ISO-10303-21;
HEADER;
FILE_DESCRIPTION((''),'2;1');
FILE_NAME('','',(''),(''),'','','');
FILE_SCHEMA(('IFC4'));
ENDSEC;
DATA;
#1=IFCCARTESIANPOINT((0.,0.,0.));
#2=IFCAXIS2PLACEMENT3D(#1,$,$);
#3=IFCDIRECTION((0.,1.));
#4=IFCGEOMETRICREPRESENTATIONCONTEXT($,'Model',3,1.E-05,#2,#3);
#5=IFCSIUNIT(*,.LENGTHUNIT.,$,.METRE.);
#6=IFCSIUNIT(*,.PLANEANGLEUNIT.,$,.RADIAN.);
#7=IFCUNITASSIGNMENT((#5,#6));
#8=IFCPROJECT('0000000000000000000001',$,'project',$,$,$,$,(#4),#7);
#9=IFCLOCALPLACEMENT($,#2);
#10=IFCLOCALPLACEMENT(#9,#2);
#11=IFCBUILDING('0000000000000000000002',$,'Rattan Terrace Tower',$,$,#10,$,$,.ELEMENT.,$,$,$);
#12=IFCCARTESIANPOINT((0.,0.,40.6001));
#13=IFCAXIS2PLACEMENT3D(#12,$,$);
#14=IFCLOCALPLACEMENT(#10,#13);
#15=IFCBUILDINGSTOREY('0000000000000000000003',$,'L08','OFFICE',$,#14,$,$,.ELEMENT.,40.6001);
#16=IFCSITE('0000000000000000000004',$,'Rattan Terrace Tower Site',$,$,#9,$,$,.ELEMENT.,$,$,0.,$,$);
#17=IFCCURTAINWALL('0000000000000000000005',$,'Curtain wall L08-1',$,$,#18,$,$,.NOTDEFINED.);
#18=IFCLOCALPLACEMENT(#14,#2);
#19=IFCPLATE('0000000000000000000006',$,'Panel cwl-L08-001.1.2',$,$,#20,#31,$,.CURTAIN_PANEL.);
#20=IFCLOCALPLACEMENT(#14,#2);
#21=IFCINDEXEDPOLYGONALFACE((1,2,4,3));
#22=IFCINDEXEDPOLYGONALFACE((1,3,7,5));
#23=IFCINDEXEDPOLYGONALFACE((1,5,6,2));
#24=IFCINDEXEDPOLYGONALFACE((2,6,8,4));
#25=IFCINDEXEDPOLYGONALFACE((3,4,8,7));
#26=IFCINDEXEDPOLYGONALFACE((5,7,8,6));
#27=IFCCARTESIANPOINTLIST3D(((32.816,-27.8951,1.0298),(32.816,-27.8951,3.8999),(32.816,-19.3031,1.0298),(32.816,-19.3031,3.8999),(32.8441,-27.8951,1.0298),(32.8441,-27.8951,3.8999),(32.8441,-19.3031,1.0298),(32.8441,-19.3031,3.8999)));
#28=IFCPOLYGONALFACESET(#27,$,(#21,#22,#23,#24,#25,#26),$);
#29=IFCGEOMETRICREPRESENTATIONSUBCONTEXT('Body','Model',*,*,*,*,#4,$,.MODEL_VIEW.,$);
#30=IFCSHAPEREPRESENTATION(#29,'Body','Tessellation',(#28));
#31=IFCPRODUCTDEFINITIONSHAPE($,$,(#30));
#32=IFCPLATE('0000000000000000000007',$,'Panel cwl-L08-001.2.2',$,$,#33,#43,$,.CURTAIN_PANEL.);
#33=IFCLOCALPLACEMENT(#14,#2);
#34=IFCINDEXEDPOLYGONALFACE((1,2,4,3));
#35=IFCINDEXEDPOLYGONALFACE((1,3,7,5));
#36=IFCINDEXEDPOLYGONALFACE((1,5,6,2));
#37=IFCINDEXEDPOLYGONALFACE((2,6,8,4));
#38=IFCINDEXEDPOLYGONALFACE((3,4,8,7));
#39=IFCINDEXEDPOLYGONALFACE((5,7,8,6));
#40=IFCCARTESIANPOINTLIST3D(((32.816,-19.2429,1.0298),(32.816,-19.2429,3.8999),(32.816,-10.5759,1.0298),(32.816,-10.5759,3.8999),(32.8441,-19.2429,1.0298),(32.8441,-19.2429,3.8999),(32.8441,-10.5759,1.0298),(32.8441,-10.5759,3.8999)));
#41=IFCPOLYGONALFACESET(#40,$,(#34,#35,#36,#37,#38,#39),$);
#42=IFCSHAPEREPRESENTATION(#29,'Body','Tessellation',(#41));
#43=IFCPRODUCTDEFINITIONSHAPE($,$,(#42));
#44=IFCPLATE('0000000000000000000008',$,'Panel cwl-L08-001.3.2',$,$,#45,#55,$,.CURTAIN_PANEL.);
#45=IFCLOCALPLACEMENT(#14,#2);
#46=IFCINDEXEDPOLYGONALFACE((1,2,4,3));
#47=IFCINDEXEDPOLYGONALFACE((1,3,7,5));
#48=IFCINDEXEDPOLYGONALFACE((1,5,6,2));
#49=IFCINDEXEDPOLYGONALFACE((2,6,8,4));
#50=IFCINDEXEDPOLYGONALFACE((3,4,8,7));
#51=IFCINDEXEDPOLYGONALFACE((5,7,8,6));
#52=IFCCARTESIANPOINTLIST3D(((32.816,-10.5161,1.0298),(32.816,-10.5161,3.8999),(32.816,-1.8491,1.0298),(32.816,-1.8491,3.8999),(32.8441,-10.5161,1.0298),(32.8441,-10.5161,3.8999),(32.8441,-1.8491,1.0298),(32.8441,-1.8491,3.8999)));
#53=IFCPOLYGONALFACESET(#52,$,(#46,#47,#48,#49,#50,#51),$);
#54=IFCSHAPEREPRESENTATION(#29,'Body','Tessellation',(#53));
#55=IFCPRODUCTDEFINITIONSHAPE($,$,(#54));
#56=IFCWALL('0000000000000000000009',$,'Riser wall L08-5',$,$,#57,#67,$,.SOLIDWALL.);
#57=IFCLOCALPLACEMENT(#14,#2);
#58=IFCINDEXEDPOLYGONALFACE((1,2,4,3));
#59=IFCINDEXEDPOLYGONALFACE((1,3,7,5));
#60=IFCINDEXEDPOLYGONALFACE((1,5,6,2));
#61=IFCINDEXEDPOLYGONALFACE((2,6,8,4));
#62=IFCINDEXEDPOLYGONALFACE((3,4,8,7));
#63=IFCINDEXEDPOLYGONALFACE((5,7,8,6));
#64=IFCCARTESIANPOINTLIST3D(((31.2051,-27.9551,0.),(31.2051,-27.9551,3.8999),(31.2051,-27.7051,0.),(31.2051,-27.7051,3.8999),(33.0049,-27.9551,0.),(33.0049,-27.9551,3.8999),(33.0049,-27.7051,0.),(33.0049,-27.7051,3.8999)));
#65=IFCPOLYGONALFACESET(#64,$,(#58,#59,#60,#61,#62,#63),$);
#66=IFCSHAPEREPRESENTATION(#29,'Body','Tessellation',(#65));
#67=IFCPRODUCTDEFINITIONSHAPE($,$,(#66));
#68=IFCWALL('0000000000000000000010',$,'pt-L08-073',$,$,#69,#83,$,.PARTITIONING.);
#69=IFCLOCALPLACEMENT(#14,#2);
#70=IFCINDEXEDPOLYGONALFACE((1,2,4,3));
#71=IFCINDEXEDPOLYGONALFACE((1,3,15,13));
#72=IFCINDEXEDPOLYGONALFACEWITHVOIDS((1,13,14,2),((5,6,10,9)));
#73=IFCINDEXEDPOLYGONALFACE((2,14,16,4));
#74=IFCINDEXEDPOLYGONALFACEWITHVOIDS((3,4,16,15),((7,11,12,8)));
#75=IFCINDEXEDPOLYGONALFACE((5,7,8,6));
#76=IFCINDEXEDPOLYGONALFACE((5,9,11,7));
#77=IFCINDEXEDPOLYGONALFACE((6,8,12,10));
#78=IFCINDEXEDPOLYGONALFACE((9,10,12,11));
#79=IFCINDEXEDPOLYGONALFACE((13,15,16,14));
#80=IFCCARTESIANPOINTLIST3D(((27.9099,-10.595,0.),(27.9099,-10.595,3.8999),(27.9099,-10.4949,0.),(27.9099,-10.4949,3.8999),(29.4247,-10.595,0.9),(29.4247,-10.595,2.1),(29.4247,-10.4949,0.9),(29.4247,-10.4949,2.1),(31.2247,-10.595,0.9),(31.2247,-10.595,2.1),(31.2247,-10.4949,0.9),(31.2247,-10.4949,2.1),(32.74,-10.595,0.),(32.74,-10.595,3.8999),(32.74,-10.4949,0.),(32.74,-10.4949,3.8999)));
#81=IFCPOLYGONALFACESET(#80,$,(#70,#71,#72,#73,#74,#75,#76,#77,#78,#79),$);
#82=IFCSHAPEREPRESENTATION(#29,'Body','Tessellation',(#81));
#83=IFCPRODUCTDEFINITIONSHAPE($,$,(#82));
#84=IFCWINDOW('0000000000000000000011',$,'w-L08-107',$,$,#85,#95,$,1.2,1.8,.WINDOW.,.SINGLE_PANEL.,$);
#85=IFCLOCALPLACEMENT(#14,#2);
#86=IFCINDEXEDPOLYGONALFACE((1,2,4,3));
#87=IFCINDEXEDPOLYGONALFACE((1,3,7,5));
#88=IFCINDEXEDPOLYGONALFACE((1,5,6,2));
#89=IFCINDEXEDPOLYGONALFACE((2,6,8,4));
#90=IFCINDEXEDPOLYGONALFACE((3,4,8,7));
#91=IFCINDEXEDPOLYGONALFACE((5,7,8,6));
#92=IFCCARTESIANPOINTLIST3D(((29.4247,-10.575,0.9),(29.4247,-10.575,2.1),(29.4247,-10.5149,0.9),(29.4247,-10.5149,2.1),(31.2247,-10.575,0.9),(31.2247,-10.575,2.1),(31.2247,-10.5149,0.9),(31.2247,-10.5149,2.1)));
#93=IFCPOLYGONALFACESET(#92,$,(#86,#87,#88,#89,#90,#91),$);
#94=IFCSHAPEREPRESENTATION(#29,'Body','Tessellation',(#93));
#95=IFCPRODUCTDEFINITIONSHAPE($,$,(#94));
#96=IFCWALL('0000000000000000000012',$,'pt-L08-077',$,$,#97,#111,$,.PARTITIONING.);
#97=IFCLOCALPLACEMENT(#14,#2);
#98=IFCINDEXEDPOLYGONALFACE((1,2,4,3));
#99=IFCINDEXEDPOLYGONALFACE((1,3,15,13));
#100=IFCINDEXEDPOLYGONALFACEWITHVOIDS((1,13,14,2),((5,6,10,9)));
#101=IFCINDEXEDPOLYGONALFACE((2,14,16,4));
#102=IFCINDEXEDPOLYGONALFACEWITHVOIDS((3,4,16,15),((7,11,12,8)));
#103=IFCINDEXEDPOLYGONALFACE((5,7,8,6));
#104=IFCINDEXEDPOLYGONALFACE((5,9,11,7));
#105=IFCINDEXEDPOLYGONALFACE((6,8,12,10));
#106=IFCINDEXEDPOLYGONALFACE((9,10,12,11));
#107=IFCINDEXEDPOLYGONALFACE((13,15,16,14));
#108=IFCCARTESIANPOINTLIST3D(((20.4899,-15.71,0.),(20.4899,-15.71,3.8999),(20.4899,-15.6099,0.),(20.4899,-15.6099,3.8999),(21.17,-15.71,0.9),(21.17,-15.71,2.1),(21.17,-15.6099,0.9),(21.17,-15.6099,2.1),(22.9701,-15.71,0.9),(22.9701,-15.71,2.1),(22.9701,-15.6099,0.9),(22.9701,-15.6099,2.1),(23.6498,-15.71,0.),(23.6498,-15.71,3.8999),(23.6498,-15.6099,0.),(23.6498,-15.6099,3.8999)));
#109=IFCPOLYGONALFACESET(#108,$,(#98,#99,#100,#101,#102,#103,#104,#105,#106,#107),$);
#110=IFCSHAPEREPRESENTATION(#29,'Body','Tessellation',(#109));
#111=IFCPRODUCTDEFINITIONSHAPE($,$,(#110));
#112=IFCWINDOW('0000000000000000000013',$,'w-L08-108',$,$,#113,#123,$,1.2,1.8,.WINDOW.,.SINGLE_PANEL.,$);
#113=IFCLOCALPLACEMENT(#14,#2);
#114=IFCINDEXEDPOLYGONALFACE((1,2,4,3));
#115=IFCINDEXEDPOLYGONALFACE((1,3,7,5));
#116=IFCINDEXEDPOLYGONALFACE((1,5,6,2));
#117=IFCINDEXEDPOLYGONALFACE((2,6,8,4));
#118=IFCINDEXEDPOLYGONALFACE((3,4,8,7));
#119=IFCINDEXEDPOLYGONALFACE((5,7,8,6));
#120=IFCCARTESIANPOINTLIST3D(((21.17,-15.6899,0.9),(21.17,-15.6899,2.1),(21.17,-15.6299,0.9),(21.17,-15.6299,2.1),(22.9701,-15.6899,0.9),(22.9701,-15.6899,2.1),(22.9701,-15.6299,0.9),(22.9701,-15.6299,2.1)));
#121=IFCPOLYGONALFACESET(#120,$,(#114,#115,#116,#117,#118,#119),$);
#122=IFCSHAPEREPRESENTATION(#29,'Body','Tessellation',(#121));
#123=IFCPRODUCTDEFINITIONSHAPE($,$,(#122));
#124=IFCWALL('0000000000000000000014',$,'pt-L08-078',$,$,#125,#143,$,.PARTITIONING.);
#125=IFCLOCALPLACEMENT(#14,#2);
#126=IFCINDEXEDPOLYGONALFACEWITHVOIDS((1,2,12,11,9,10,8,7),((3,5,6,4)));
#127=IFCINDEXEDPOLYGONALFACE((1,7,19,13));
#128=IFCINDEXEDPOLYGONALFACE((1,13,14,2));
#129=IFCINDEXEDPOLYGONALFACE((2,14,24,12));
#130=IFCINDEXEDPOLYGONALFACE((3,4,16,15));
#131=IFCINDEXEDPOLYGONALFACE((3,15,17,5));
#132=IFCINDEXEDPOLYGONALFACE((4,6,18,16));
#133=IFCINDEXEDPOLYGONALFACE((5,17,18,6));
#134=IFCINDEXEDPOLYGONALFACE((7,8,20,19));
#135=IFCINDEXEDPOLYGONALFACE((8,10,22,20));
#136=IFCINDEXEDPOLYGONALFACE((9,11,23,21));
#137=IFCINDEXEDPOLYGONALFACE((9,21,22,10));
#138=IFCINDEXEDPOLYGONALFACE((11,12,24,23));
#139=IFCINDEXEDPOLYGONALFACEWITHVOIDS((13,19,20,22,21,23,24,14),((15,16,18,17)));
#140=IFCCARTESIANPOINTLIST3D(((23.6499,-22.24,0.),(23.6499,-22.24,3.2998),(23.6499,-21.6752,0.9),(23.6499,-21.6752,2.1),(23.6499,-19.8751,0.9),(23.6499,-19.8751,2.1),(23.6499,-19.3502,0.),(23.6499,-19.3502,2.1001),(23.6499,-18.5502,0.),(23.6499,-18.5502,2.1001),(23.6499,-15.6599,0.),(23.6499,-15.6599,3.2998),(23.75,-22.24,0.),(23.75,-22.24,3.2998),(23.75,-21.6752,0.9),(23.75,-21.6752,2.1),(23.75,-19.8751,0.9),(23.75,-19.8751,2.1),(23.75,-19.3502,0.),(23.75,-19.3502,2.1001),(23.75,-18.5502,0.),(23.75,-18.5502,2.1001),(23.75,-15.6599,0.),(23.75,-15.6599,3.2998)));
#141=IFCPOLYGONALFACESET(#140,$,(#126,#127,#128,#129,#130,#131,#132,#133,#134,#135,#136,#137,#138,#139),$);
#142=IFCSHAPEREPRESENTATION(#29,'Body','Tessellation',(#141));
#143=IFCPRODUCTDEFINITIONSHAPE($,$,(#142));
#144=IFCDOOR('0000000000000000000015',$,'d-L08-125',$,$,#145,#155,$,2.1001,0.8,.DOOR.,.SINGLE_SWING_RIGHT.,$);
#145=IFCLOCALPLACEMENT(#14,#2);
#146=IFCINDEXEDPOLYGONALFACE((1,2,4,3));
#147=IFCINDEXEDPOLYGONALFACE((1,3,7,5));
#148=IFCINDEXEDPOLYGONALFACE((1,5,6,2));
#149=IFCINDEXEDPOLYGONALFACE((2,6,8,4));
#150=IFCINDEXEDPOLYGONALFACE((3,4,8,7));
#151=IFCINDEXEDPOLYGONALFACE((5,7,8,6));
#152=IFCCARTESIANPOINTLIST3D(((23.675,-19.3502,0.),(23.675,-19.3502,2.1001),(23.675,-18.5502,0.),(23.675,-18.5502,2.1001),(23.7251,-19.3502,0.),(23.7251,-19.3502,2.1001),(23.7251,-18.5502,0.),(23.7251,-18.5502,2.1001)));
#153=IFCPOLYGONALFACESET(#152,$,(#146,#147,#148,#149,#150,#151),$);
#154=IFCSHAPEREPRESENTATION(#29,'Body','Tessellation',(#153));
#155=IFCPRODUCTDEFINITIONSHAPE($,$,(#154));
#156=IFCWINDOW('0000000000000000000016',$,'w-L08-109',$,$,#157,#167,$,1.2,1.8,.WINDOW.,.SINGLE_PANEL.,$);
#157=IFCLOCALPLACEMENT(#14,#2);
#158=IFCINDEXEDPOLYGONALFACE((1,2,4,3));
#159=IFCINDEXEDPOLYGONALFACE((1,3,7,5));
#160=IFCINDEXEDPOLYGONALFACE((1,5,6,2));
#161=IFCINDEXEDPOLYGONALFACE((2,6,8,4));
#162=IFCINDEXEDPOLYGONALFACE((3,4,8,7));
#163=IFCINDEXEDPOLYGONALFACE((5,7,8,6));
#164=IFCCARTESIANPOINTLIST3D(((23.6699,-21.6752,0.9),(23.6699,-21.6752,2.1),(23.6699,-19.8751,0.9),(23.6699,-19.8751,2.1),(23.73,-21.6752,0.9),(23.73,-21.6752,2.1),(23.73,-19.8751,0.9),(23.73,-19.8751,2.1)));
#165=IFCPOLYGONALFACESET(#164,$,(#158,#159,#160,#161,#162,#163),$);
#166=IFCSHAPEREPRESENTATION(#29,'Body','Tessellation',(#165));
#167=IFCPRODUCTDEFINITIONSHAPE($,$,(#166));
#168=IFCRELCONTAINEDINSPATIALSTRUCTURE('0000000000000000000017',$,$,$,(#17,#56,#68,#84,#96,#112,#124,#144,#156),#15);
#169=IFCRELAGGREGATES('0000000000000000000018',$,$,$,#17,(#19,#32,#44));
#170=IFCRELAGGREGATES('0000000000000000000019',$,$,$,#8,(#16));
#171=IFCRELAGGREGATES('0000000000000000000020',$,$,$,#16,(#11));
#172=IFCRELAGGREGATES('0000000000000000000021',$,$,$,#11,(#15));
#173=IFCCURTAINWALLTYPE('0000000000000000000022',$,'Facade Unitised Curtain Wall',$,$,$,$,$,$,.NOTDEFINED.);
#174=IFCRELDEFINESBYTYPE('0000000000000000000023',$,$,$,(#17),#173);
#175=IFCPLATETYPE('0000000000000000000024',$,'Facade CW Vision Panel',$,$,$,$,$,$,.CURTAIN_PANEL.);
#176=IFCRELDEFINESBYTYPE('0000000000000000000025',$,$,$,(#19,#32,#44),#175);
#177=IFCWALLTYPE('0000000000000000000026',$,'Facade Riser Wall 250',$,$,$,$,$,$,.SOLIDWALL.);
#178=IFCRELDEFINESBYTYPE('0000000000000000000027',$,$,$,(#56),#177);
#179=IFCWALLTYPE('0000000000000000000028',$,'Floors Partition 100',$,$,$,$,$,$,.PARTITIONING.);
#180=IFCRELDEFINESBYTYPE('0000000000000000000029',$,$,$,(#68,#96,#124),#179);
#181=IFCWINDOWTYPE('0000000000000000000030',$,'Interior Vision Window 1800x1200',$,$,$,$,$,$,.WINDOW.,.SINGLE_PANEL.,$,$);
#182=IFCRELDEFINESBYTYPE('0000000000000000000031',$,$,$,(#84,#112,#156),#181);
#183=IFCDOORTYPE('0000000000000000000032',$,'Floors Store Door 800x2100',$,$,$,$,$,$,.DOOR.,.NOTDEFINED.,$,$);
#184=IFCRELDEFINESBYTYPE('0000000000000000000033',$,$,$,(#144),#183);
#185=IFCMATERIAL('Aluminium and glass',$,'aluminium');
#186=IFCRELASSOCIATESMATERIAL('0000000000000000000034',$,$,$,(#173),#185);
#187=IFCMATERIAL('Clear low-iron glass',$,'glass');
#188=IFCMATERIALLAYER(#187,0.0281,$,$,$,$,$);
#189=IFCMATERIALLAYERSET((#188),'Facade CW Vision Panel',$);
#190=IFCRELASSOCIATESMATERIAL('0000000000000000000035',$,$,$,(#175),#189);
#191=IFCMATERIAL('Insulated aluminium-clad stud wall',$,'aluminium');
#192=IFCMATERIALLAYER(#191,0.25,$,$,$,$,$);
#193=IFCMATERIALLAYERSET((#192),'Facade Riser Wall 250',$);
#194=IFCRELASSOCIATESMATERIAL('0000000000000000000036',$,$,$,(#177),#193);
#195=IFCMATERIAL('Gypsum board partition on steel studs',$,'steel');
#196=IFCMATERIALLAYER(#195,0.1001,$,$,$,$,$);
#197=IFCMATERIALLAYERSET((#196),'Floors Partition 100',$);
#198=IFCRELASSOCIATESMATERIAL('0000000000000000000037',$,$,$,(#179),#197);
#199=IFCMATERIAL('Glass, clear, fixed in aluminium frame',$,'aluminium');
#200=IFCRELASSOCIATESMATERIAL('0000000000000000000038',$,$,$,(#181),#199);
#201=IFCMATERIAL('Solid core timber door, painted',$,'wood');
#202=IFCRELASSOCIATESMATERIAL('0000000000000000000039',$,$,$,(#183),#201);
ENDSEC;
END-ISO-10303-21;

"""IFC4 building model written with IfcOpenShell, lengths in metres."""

from ifc_helpers import new_model, si_unit, direction, frame, frame_2d, origin, origin_2d, place, context, subcontext, project, spatial, rectangle, extrude, material, layer, layer_set, type_object, element, fill, aggregate, save


model = new_model("IFC4")

# Units and contexts
model_context = context("Model", 3, precision=1e-05, world=origin(), true_north=direction((0.0, 1.0)))
body_context = subcontext(model_context, "Body", "Model", "MODEL_VIEW")
ifc_project = project(units=[si_unit("LENGTHUNIT", "METRE"), si_unit("PLANEANGLEUNIT", "RADIAN")], contexts=[model_context])

# Site, building, storey
site_placement = place(None, origin())
site = spatial("IfcSite", under=ifc_project, at=site_placement, Name="Rattan Terrace Tower Site", CompositionType="ELEMENT", RefElevation=0.0)
building_placement = place(site_placement, origin())
building = spatial("IfcBuilding", under=site, at=building_placement, Name="Rattan Terrace Tower", CompositionType="ELEMENT")
storey_placement = place(building_placement, frame((0.0, 0.0, 40.6001)))
storey = spatial("IfcBuildingStorey", under=building, at=storey_placement, Name="L08", Description="OFFICE", CompositionType="ELEMENT", Elevation=40.6001)

# Curtain wall
ifc_material_1 = material(Name="Aluminium and glass", Category="aluminium")
curtain_wall_type = type_object("IfcCurtainWallType", Name="Facade Unitised Curtain Wall", PredefinedType="NOTDEFINED", material=ifc_material_1)
curtain_wall_placement = place(storey_placement, origin())
curtain_wall = element("IfcCurtainWall", 1, at=curtain_wall_placement, inside=storey, type_object=curtain_wall_type, Name="Curtain wall L08-1", PredefinedType="NOTDEFINED")

# Plates
ifc_material_2 = material(Name="Clear low-iron glass", Category="glass")
ifc_layer_1 = layer(ifc_material_2, 0.0281)
ifc_layer_set_1 = layer_set([ifc_layer_1], Name="Facade CW Vision Panel")
plate_type_1 = type_object("IfcPlateType", Name="Facade CW Vision Panel", PredefinedType="CURTAIN_PANEL", material=ifc_layer_set_1)
plate_1_placement = place(storey_placement, frame((32.8301, -23.5991, 1.0298), z_axis=(0.0, 0.0, 1.0), x_axis=(0.0, 1.0, 0.0)))
plate_1 = element("IfcPlate", 2, at=plate_1_placement, type_object=plate_type_1, Name="Panel cwl-L08-001.1.2", PredefinedType="CURTAIN_PANEL", context=body_context, shape_type="SweptSolid", body=[
    extrude(rectangle(XDim=8.592, YDim=0.0281, at=origin_2d()), origin(), (0.0, 0.0, 1.0), 2.8701),
])
plate_2_placement = place(storey_placement, frame((32.8301, -14.9094, 1.0298), z_axis=(0.0, 0.0, 1.0), x_axis=(0.0, 1.0, 0.0)))
plate_2 = element("IfcPlate", 3, at=plate_2_placement, type_object=plate_type_1, Name="Panel cwl-L08-001.2.2", PredefinedType="CURTAIN_PANEL", context=body_context, shape_type="SweptSolid", body=[
    extrude(rectangle(XDim=8.667, YDim=0.0281, at=origin_2d()), origin(), (0.0, 0.0, 1.0), 2.8701),
])
plate_3_placement = place(storey_placement, frame((32.8301, -6.1826, 1.0298), z_axis=(0.0, 0.0, 1.0), x_axis=(0.0, 1.0, 0.0)))
plate_3 = element("IfcPlate", 4, at=plate_3_placement, type_object=plate_type_1, Name="Panel cwl-L08-001.3.2", PredefinedType="CURTAIN_PANEL", context=body_context, shape_type="SweptSolid", body=[
    extrude(rectangle(XDim=8.667, YDim=0.0281, at=origin_2d()), origin(), (0.0, 0.0, 1.0), 2.8701),
])
aggregate(curtain_wall, [plate_1, plate_2, plate_3])

# Wall
ifc_material_3 = material(Name="Insulated aluminium-clad stud wall", Category="aluminium")
ifc_layer_2 = layer(ifc_material_3, 0.25)
ifc_layer_set_2 = layer_set([ifc_layer_2], Name="Facade Riser Wall 250")
wall_type_1 = type_object("IfcWallType", Name="Facade Riser Wall 250", PredefinedType="SOLIDWALL", material=ifc_layer_set_2)
wall_1_placement = place(storey_placement, frame((31.2051, -27.8301, 0.0), z_axis=(0.0, 0.0, 1.0), x_axis=(1.0, 0.0, 0.0)))
element("IfcWall", 5, at=wall_1_placement, inside=storey, type_object=wall_type_1, Name="Riser wall L08-5", PredefinedType="SOLIDWALL", context=body_context, shape_type="SweptSolid", body=[
    extrude(rectangle(XDim=1.7998, YDim=0.25, at=frame_2d((0.8999, 0.0))), origin(), (0.0, 0.0, 1.0), 3.8999),
])

# Walls, openings, windows
ifc_material_4 = material(Name="Gypsum board partition on steel studs", Category="steel")
ifc_layer_3 = layer(ifc_material_4, 0.1001)
ifc_layer_set_3 = layer_set([ifc_layer_3], Name="Floors Partition 100")
wall_type_2 = type_object("IfcWallType", Name="Floors Partition 100", PredefinedType="PARTITIONING", material=ifc_layer_set_3)
wall_2_placement = place(storey_placement, frame((27.9099, -10.5449, 0.0), z_axis=(0.0, 0.0, 1.0), x_axis=(1.0, 0.0, 0.0)))
wall_2 = element("IfcWall", 6, at=wall_2_placement, inside=storey, type_object=wall_type_2, Name="pt-L08-073", PredefinedType="PARTITIONING", context=body_context, shape_type="SweptSolid", body=[
    extrude(rectangle(XDim=4.8301, YDim=0.1001, at=frame_2d((2.415, 0.0))), origin(), (0.0, 0.0, 1.0), 3.8999),
])
opening_1_placement = place(wall_2_placement, frame((1.5149, 0.0, 0.8999)))
opening_1 = element("IfcOpeningElement", 7, at=opening_1_placement, cuts=wall_2, PredefinedType="OPENING", context=body_context, shape_type="SweptSolid", body=[
    extrude(rectangle(XDim=1.8, YDim=1.2, at=frame_2d((0.8999, 0.6001))), frame((0.0, 0.0605, 0.0), z_axis=(0.0, -1.0, 0.0), x_axis=(1.0, 0.0, 0.0)), (0.0, 0.0, 1.0), 0.1211),
])
ifc_material_5 = material(Name="Glass, clear, fixed in aluminium frame", Category="aluminium")
window_type = type_object("IfcWindowType", Name="Interior Vision Window 1800x1200", PartitioningType="SINGLE_PANEL", PredefinedType="WINDOW", material=ifc_material_5)
window_1_placement = place(opening_1_placement, origin())
window_1 = element("IfcWindow", 8, at=window_1_placement, inside=storey, type_object=window_type, Name="w-L08-107", OverallHeight=1.2, OverallWidth=1.8, PartitioningType="SINGLE_PANEL", PredefinedType="WINDOW", context=body_context, shape_type="SweptSolid", body=[
    extrude(rectangle(XDim=1.8, YDim=1.2, at=frame_2d((0.8999, 0.6001))), frame((0.0, 0.03, 0.0), z_axis=(0.0, -1.0, 0.0), x_axis=(1.0, 0.0, 0.0)), (0.0, 0.0, 1.0), 0.0601),
])
fill(opening_1, window_1)
wall_3_placement = place(storey_placement, frame((23.6499, -15.6599, 0.0), z_axis=(0.0, 0.0, 1.0), x_axis=(-1.0, 0.0, 0.0)))
wall_3 = element("IfcWall", 9, at=wall_3_placement, inside=storey, type_object=wall_type_2, Name="pt-L08-077", PredefinedType="PARTITIONING", context=body_context, shape_type="SweptSolid", body=[
    extrude(rectangle(XDim=3.1599, YDim=0.1001, at=frame_2d((1.5801, 0.0))), origin(), (0.0, 0.0, 1.0), 3.8999),
])
opening_2_placement = place(wall_3_placement, frame((0.6799, 0.0, 0.8999)))
opening_2 = element("IfcOpeningElement", 10, at=opening_2_placement, cuts=wall_3, PredefinedType="OPENING", context=body_context, shape_type="SweptSolid", body=[
    extrude(rectangle(XDim=1.8, YDim=1.2, at=frame_2d((0.8999, 0.6001))), frame((0.0, 0.0605, 0.0), z_axis=(0.0, -1.0, 0.0), x_axis=(1.0, 0.0, 0.0)), (0.0, 0.0, 1.0), 0.1211),
])
window_2_placement = place(opening_2_placement, origin())
window_2 = element("IfcWindow", 11, at=window_2_placement, inside=storey, type_object=window_type, Name="w-L08-108", OverallHeight=1.2, OverallWidth=1.8, PartitioningType="SINGLE_PANEL", PredefinedType="WINDOW", context=body_context, shape_type="SweptSolid", body=[
    extrude(rectangle(XDim=1.8, YDim=1.2, at=frame_2d((0.8999, 0.6001))), frame((0.0, 0.03, 0.0), z_axis=(0.0, -1.0, 0.0), x_axis=(1.0, 0.0, 0.0)), (0.0, 0.0, 1.0), 0.0601),
])
fill(opening_2, window_2)

# Wall, openings, door, window
wall_4_placement = place(storey_placement, frame((23.7, -22.24, 0.0), z_axis=(0.0, 0.0, 1.0), x_axis=(0.0, 1.0, 0.0)))
wall_4 = element("IfcWall", 12, at=wall_4_placement, inside=storey, type_object=wall_type_2, Name="pt-L08-078", PredefinedType="PARTITIONING", context=body_context, shape_type="SweptSolid", body=[
    extrude(rectangle(XDim=6.5801, YDim=0.1001, at=frame_2d((3.29, 0.0))), origin(), (0.0, 0.0, 1.0), 3.2998),
])
opening_3_placement = place(wall_4_placement, frame((2.8899, 0.0, 0.0)))
opening_3 = element("IfcOpeningElement", 13, at=opening_3_placement, cuts=wall_4, PredefinedType="OPENING", context=body_context, shape_type="SweptSolid", body=[
    extrude(rectangle(XDim=0.8, YDim=2.1001, at=frame_2d((0.3999, 1.05))), frame((0.0, 0.0605, 0.0), z_axis=(0.0, -1.0, 0.0), x_axis=(1.0, 0.0, 0.0)), (0.0, 0.0, 1.0), 0.1211),
])
opening_4_placement = place(wall_4_placement, frame((0.5649, 0.0, 0.8999)))
opening_4 = element("IfcOpeningElement", 14, at=opening_4_placement, cuts=wall_4, PredefinedType="OPENING", context=body_context, shape_type="SweptSolid", body=[
    extrude(rectangle(XDim=1.8, YDim=1.2, at=frame_2d((0.8999, 0.6001))), frame((0.0, 0.0605, 0.0), z_axis=(0.0, -1.0, 0.0), x_axis=(1.0, 0.0, 0.0)), (0.0, 0.0, 1.0), 0.1211),
])
ifc_material_6 = material(Name="Solid core timber door, painted", Category="wood")
door_type_1 = type_object("IfcDoorType", Name="Floors Store Door 800x2100", OperationType="NOTDEFINED", PredefinedType="DOOR", material=ifc_material_6)
door_1_placement = place(opening_3_placement, origin())
door_1 = element("IfcDoor", 15, at=door_1_placement, inside=storey, type_object=door_type_1, Name="d-L08-125", OperationType="SINGLE_SWING_RIGHT", OverallHeight=2.1001, OverallWidth=0.8, PredefinedType="DOOR", context=body_context, shape_type="SweptSolid", body=[
    extrude(rectangle(XDim=0.8, YDim=2.1001, at=frame_2d((0.3999, 1.05))), frame((0.0, 0.0249, 0.0), z_axis=(0.0, -1.0, 0.0), x_axis=(1.0, 0.0, 0.0)), (0.0, 0.0, 1.0), 0.05),
])
fill(opening_3, door_1)
window_3_placement = place(opening_4_placement, origin())
window_3 = element("IfcWindow", 16, at=window_3_placement, inside=storey, type_object=window_type, Name="w-L08-109", OverallHeight=1.2, OverallWidth=1.8, PartitioningType="SINGLE_PANEL", PredefinedType="WINDOW", context=body_context, shape_type="SweptSolid", body=[
    extrude(rectangle(XDim=1.8, YDim=1.2, at=frame_2d((0.8999, 0.6001))), frame((0.0, 0.03, 0.0), z_axis=(0.0, -1.0, 0.0), x_axis=(1.0, 0.0, 0.0)), (0.0, 0.0, 1.0), 0.0601),
])
fill(opening_4, window_3)

save(model, "model.ifc")
